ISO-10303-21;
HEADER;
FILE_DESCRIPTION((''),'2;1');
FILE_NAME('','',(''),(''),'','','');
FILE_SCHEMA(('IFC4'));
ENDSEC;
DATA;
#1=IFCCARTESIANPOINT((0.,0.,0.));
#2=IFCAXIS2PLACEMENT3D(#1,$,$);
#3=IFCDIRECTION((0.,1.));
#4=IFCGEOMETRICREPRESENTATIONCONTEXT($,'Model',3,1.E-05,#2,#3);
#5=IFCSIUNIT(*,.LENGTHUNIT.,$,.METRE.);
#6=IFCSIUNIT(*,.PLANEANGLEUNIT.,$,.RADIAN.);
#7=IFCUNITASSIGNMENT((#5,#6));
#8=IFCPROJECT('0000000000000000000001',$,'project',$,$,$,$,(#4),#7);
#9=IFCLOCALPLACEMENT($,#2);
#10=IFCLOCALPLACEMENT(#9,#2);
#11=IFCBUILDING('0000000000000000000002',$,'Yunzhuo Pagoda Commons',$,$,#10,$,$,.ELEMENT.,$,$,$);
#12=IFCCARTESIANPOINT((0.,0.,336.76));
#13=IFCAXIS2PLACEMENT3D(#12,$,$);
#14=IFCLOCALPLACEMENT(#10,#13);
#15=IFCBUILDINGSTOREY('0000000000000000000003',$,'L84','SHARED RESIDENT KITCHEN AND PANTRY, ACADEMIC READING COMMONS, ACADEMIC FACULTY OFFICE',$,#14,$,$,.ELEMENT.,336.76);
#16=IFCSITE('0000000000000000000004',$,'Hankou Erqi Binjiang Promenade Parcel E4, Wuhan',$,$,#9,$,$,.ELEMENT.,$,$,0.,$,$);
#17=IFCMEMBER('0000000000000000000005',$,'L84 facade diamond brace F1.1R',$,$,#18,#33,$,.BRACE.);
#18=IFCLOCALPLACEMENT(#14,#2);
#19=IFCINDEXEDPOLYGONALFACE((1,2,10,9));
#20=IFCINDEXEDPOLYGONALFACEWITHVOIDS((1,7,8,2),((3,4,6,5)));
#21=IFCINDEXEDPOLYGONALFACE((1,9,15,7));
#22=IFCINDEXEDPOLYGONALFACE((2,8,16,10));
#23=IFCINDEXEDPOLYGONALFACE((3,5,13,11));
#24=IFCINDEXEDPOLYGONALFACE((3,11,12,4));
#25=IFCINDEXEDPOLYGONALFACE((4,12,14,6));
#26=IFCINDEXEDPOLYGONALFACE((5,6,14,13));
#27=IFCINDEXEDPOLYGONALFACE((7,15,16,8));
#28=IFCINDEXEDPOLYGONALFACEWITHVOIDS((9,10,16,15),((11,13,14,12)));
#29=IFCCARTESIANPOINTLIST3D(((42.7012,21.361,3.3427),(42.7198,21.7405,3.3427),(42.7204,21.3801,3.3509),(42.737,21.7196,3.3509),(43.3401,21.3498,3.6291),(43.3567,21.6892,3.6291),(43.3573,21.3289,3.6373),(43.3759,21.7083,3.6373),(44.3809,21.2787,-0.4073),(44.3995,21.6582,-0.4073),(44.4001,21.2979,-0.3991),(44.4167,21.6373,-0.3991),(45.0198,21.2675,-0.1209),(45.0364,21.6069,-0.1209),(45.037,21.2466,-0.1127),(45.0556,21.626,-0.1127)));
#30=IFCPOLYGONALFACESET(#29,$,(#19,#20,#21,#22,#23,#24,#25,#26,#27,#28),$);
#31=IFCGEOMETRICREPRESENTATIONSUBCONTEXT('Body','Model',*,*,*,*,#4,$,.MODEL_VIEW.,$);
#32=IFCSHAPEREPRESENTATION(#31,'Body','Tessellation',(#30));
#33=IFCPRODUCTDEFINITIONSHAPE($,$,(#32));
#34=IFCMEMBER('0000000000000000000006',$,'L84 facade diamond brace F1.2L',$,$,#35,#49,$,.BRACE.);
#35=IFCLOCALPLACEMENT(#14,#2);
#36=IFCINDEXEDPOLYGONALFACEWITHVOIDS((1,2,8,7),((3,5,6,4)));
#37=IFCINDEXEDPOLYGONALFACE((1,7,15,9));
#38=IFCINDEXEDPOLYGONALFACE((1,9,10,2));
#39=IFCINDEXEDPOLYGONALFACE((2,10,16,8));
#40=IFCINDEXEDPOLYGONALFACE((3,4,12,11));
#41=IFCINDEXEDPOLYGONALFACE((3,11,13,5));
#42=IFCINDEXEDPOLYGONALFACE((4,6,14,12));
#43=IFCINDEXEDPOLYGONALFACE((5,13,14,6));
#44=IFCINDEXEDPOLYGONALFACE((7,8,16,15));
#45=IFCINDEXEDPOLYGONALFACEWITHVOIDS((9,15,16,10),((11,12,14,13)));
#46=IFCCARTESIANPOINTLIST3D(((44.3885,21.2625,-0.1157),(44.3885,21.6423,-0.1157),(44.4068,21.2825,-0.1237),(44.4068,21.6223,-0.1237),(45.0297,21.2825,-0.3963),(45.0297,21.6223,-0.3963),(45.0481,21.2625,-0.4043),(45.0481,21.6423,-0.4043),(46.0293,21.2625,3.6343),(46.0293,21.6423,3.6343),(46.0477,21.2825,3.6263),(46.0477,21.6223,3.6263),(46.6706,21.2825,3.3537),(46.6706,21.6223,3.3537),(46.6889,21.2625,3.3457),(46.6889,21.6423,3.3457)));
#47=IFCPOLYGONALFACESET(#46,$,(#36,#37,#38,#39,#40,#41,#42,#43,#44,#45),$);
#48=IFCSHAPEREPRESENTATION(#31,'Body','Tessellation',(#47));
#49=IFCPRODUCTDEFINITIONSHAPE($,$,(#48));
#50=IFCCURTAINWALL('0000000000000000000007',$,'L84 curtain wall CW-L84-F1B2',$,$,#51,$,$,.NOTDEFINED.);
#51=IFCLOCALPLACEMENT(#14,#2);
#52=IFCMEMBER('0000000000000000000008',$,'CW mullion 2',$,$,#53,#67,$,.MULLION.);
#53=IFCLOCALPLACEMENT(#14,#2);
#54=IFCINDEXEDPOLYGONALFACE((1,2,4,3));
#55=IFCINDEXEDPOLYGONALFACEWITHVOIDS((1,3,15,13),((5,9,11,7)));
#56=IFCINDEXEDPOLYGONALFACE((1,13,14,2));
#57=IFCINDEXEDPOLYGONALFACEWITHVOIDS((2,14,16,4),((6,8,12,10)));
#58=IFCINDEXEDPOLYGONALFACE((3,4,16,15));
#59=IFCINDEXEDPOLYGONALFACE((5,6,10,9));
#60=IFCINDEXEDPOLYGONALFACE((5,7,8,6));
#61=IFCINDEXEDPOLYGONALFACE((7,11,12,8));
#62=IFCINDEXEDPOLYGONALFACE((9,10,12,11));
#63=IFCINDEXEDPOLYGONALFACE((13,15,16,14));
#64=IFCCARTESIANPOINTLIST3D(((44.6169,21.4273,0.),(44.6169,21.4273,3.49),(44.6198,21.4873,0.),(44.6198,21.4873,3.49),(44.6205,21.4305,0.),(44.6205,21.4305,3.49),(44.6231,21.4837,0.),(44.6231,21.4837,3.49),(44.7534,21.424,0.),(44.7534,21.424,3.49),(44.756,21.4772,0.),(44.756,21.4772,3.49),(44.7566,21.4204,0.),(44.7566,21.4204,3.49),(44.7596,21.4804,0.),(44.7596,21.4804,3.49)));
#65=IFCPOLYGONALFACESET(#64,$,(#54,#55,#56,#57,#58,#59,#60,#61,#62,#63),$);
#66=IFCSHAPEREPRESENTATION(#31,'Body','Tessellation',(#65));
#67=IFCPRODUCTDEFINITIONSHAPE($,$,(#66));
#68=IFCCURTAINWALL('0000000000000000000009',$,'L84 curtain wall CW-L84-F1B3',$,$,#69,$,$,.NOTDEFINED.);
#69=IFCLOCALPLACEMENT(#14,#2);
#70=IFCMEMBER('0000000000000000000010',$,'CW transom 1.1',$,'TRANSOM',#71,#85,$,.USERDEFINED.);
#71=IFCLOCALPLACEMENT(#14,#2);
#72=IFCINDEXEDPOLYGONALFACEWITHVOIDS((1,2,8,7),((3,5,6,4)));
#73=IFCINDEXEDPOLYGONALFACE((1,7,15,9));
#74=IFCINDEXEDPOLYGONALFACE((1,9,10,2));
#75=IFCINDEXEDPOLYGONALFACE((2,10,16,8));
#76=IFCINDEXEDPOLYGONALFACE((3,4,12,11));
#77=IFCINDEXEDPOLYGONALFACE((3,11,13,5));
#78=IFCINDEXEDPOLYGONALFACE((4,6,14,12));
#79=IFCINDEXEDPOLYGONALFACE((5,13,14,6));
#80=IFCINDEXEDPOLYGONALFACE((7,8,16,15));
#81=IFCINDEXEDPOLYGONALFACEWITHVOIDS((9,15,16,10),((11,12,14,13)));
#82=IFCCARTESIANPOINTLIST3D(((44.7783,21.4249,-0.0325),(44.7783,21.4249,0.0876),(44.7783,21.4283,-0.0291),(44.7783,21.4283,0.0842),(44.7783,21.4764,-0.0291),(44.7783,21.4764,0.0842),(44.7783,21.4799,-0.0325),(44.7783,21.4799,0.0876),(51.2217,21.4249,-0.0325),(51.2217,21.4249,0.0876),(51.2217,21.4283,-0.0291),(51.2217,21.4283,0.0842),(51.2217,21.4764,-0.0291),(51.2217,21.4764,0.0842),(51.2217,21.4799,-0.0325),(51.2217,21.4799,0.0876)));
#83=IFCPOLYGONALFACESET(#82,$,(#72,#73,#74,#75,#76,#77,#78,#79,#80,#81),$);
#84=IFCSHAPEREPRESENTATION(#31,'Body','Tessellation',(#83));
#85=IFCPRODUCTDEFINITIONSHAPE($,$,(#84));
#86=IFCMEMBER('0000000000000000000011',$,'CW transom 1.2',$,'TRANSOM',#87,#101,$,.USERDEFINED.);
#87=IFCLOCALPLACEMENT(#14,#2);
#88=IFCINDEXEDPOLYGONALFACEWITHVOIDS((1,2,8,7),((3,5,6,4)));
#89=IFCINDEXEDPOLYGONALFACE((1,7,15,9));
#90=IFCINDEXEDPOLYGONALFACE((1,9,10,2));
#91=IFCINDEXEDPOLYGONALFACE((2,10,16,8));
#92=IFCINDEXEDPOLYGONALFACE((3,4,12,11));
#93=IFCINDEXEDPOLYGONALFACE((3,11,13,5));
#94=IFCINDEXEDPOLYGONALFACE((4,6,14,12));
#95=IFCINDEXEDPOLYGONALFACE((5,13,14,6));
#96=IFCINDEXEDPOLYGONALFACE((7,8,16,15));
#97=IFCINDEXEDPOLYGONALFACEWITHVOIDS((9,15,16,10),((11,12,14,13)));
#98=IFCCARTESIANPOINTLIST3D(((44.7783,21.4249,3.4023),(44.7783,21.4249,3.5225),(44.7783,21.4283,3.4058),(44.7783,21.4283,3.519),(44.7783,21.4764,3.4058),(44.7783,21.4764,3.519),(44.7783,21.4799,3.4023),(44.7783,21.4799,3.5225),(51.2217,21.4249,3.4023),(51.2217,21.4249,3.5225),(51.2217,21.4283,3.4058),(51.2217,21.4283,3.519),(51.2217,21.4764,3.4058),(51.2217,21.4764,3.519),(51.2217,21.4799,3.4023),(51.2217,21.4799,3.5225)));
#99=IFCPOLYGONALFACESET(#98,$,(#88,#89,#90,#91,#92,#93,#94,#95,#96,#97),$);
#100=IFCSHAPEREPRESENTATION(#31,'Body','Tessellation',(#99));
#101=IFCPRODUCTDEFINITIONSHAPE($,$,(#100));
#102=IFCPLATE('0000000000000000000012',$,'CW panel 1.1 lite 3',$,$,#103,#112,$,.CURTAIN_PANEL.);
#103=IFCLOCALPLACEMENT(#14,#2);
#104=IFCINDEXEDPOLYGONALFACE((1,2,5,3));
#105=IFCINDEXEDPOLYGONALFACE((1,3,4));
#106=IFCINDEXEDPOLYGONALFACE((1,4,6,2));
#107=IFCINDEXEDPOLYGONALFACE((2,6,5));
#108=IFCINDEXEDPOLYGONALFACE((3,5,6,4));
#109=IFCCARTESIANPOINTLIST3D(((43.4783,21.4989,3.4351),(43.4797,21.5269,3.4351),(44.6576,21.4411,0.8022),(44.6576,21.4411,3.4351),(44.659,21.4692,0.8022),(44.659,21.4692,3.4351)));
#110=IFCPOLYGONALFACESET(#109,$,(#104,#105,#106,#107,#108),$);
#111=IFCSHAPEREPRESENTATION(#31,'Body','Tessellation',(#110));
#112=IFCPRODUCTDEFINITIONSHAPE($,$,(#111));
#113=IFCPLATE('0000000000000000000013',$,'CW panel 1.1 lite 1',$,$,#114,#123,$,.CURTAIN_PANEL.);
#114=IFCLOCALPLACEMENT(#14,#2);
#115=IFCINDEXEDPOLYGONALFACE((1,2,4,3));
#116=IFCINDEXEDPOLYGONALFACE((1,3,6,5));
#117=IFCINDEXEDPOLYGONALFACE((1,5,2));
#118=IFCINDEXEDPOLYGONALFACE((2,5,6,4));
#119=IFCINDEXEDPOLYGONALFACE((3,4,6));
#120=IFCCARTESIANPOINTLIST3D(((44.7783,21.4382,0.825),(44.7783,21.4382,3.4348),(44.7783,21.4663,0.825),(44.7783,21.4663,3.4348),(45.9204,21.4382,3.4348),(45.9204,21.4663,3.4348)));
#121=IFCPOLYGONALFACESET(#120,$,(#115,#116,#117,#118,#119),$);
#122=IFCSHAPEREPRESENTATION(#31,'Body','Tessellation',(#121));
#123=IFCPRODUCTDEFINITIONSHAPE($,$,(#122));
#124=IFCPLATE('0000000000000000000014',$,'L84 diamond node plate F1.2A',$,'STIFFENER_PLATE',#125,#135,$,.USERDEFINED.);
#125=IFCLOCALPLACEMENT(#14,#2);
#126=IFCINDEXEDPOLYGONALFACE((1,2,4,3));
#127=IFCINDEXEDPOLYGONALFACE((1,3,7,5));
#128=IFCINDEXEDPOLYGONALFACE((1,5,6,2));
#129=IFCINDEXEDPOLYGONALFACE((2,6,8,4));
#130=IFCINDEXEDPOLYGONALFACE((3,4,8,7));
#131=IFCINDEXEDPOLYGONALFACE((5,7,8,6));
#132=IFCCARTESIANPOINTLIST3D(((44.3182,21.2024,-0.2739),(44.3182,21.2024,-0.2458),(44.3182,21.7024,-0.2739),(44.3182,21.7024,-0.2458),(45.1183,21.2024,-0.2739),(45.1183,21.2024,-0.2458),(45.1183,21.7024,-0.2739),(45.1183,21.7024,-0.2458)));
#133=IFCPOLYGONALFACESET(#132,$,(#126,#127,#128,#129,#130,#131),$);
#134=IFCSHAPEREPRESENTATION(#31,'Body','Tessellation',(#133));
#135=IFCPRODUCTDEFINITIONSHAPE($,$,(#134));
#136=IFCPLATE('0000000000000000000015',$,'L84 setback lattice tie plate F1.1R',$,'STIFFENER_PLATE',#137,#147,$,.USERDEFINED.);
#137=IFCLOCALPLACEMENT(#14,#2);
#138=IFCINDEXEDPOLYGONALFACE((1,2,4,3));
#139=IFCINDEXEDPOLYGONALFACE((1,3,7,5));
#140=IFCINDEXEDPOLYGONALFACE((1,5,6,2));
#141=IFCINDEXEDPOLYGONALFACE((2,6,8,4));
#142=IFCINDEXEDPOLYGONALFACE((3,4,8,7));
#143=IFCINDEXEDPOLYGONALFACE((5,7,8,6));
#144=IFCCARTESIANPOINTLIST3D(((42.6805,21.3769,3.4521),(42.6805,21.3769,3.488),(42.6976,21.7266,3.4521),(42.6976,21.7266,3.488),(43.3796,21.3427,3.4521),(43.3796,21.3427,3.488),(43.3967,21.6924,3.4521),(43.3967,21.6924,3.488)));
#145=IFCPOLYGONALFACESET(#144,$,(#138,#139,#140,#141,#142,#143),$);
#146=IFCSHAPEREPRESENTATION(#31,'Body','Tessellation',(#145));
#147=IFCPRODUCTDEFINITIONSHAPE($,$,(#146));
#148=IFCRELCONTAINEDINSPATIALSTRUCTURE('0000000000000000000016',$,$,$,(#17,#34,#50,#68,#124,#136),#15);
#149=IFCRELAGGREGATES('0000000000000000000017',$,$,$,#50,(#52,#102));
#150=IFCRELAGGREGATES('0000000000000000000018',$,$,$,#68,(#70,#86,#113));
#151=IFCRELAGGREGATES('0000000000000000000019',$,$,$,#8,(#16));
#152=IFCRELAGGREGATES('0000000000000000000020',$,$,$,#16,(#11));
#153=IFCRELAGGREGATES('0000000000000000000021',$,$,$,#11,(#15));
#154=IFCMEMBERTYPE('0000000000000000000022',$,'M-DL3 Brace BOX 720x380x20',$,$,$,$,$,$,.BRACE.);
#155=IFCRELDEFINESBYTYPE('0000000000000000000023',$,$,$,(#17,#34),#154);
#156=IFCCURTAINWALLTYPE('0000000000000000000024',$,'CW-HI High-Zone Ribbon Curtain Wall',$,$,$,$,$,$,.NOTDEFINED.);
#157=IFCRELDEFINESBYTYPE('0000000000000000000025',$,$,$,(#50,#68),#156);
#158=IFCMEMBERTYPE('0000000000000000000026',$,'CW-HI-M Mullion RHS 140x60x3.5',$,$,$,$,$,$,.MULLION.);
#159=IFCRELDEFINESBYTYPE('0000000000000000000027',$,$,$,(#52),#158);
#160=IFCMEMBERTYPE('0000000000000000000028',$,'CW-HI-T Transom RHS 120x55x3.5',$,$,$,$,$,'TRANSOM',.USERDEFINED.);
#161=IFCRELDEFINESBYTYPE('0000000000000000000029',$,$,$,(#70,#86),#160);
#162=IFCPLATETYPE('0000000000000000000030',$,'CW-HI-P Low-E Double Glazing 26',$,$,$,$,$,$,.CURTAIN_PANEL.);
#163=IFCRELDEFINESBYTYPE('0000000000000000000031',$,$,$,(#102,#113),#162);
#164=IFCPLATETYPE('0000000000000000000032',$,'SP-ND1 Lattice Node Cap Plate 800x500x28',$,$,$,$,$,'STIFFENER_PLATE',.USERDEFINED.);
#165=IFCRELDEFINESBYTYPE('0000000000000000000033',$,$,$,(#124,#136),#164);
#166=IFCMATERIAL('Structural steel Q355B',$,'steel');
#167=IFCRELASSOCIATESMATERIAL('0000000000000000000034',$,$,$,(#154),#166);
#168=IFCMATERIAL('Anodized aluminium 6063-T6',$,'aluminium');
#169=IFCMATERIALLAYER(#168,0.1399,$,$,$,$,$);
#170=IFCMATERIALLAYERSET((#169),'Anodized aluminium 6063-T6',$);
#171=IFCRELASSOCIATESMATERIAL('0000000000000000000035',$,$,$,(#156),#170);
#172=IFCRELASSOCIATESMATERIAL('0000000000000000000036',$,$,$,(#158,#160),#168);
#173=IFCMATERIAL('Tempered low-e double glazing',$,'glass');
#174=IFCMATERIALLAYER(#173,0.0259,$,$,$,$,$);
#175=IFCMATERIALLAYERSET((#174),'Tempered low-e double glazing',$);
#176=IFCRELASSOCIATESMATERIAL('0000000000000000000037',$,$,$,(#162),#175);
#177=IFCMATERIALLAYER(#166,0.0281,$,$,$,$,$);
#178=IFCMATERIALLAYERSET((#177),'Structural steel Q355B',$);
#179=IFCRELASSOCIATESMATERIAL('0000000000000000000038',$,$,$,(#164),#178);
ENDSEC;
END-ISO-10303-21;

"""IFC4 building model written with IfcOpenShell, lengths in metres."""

from ifc_helpers import new_model, si_unit, direction, frame, origin, origin_2d, place, context, subcontext, project, spatial, polyline, rectangle, hollow_rectangle, outline, extrude, source, transform, mapped, material, layer, layer_set, material_profile, profile_set, type_object, element, aggregate, save


model = new_model("IFC4")

# Units and contexts
model_context = context("Model", 3, precision=1e-05, world=origin(), true_north=direction((0.0, 1.0)))
body_context = subcontext(model_context, "Body", "Model", "MODEL_VIEW")
ifc_project = project(units=[si_unit("LENGTHUNIT", "METRE"), si_unit("PLANEANGLEUNIT", "RADIAN")], contexts=[model_context])

# Site, building, storey
site_placement = place(None, origin())
site = spatial("IfcSite", under=ifc_project, at=site_placement, Name="Hankou Erqi Binjiang Promenade Parcel E4, Wuhan", CompositionType="ELEMENT", RefElevation=0.0)
building_placement = place(site_placement, origin())
building = spatial("IfcBuilding", under=site, at=building_placement, Name="Yunzhuo Pagoda Commons", CompositionType="ELEMENT")
storey_placement = place(building_placement, frame((0.0, 0.0, 336.76)))
storey = spatial("IfcBuildingStorey", under=building, at=storey_placement, Name="L84", Description="SHARED RESIDENT KITCHEN AND PANTRY, ACADEMIC READING COMMONS, ACADEMIC FACULTY OFFICE", CompositionType="ELEMENT", Elevation=336.76)

# Shared definitions
ifc_material_1 = material(Name="Structural steel Q355B", Category="steel")

# Members
ifc_material_profile_1 = material_profile(ifc_material_1, hollow_rectangle(XDim=0.3799, YDim=0.72, WallThickness=0.02, at=origin_2d()), Name="Structural steel Q355B")
ifc_profile_set_1 = profile_set([ifc_material_profile_1], Name="Structural steel Q355B")
member_type_1 = type_object("IfcMemberType", Name="M-DL3 Brace BOX 720x380x20", PredefinedType="BRACE", material=ifc_profile_set_1)
shared_shape_1 = source(origin(), body_context, "Body", "SweptSolid", [
    extrude(hollow_rectangle(XDim=0.3799, YDim=0.72, WallThickness=0.02, at=origin_2d()), origin(), (0.0, 0.0, 1.0), 4.1099),
])
member_1_placement = place(storey_placement, frame((44.7183, 21.4524, -0.26), z_axis=(-0.408701, 0.020019, 0.912449), x_axis=(-0.048924, -0.998803, 0.0)))
element("IfcMember", 1, at=member_1_placement, inside=storey, type_object=member_type_1, Name="L84 facade diamond brace F1.1R", PredefinedType="BRACE", context=body_context, shape_type="MappedRepresentation", body=[
    mapped(shared_shape_1, transform((0.0, 0.0, 0.0), scale=1.0)),
])
shared_shape_2 = source(origin(), body_context, "Body", "SweptSolid", [
    extrude(hollow_rectangle(XDim=0.3799, YDim=0.72, WallThickness=0.02, at=origin_2d()), origin(), (0.0, 0.0, 1.0), 4.0933),
])
member_2_placement = place(storey_placement, frame((44.7183, 21.4524, -0.26), z_axis=(0.400869, 0.0, 0.916135), x_axis=(0.0, 1.0, 0.0)))
element("IfcMember", 2, at=member_2_placement, inside=storey, type_object=member_type_1, Name="L84 facade diamond brace F1.2L", PredefinedType="BRACE", context=body_context, shape_type="MappedRepresentation", body=[
    mapped(shared_shape_2, transform((0.0, 0.0, 0.0), scale=1.0)),
])

# Curtain wall, member
ifc_material_2 = material(Name="Anodized aluminium 6063-T6", Category="aluminium")
ifc_layer_1 = layer(ifc_material_2, 0.1399)
ifc_layer_set_1 = layer_set([ifc_layer_1], Name="Anodized aluminium 6063-T6")
curtain_wall_type = type_object("IfcCurtainWallType", Name="CW-HI High-Zone Ribbon Curtain Wall", PredefinedType="NOTDEFINED", material=ifc_layer_set_1)
curtain_wall_1_placement = place(storey_placement, origin())
curtain_wall_1 = element("IfcCurtainWall", 3, at=curtain_wall_1_placement, inside=storey, type_object=curtain_wall_type, Name="L84 curtain wall CW-L84-F1B2", PredefinedType="NOTDEFINED")
ifc_material_profile_2 = material_profile(ifc_material_2, hollow_rectangle(XDim=0.0601, YDim=0.1399, WallThickness=0.0034, at=origin_2d()), Name="Anodized aluminium 6063-T6")
ifc_profile_set_2 = profile_set([ifc_material_profile_2], Name="Anodized aluminium 6063-T6")
member_type_2 = type_object("IfcMemberType", Name="CW-HI-M Mullion RHS 140x60x3.5", PredefinedType="MULLION", material=ifc_profile_set_2)
shared_shape_3 = source(origin(), body_context, "Body", "SweptSolid", [
    extrude(hollow_rectangle(XDim=0.0601, YDim=0.1399, WallThickness=0.0034, at=origin_2d()), origin(), (0.0, 0.0, 1.0), 3.49),
])
member_3_placement = place(storey_placement, frame((44.6882, 21.4539, 0.0), z_axis=(0.0, 0.0, 1.0), x_axis=(0.048906, 0.998803, 0.0)))
member_3 = element("IfcMember", 4, at=member_3_placement, type_object=member_type_2, Name="CW mullion 2", PredefinedType="MULLION", context=body_context, shape_type="MappedRepresentation", body=[
    mapped(shared_shape_3, transform((0.0, 0.0, 0.0), scale=1.0)),
])

# Curtain wall, members
curtain_wall_2_placement = place(storey_placement, origin())
curtain_wall_2 = element("IfcCurtainWall", 5, at=curtain_wall_2_placement, inside=storey, type_object=curtain_wall_type, Name="L84 curtain wall CW-L84-F1B3", PredefinedType="NOTDEFINED")
ifc_material_profile_3 = material_profile(ifc_material_2, hollow_rectangle(XDim=0.0549, YDim=0.1201, WallThickness=0.0034, at=origin_2d()), Name="Anodized aluminium 6063-T6")
ifc_profile_set_3 = profile_set([ifc_material_profile_3], Name="Anodized aluminium 6063-T6")
member_type_3 = type_object("IfcMemberType", Name="CW-HI-T Transom RHS 120x55x3.5", ElementType="TRANSOM", PredefinedType="USERDEFINED", material=ifc_profile_set_3)
shared_shape_4 = source(origin(), body_context, "Body", "SweptSolid", [
    extrude(hollow_rectangle(XDim=0.0549, YDim=0.1201, WallThickness=0.0034, at=origin_2d()), origin(), (0.0, 0.0, 1.0), 6.4434),
])
member_4_placement = place(storey_placement, frame((44.7783, 21.4524, 0.0276), z_axis=(1.0, 0.0, 0.0), x_axis=(0.0, 1.0, 0.0)))
member_4 = element("IfcMember", 6, at=member_4_placement, type_object=member_type_3, Name="CW transom 1.1", ObjectType="TRANSOM", PredefinedType="USERDEFINED", context=body_context, shape_type="MappedRepresentation", body=[
    mapped(shared_shape_4, transform((0.0, 0.0, 0.0), scale=1.0)),
])
member_5_placement = place(storey_placement, frame((44.7783, 21.4524, 3.4624), z_axis=(1.0, 0.0, 0.0), x_axis=(0.0, 1.0, 0.0)))
member_5 = element("IfcMember", 7, at=member_5_placement, type_object=member_type_3, Name="CW transom 1.2", ObjectType="TRANSOM", PredefinedType="USERDEFINED", context=body_context, shape_type="MappedRepresentation", body=[
    mapped(shared_shape_4, transform((0.0, 0.0, 0.0), scale=1.0)),
])

# Plates
ifc_material_3 = material(Name="Tempered low-e double glazing", Category="glass")
ifc_layer_2 = layer(ifc_material_3, 0.0259)
ifc_layer_set_2 = layer_set([ifc_layer_2], Name="Tempered low-e double glazing")
plate_type_1 = type_object("IfcPlateType", Name="CW-HI-P Low-E Double Glazing 26", PredefinedType="CURTAIN_PANEL", material=ifc_layer_set_2)
plate_1_placement = place(storey_placement, frame((44.0693, 21.498, 2.1187), z_axis=(-0.048906, -0.998803, 0.0), x_axis=(0.998803, -0.048906, 0.0)))
plate_1 = element("IfcPlate", 8, at=plate_1_placement, type_object=plate_type_1, Name="CW panel 1.1 lite 3", PredefinedType="CURTAIN_PANEL", context=body_context, shape_type="SweptSolid", body=[
    extrude(outline(polyline([(-0.5903, 1.3164), (0.5903, -1.3164), (0.5903, 1.3164), (-0.5903, 1.3164)])), origin(), (0.0, 0.0, 1.0), 0.0281),
])
aggregate(curtain_wall_1, [member_3, plate_1])
plate_2_placement = place(storey_placement, frame((45.3494, 21.4663, 2.1299), z_axis=(0.0, -1.0, 0.0), x_axis=(1.0, 0.0, 0.0)))
plate_2 = element("IfcPlate", 9, at=plate_2_placement, type_object=plate_type_1, Name="CW panel 1.1 lite 1", PredefinedType="CURTAIN_PANEL", context=body_context, shape_type="SweptSolid", body=[
    extrude(outline(polyline([(-0.571, -1.3049), (0.571, 1.3049), (-0.571, 1.3049), (-0.571, -1.3049)])), origin(), (0.0, 0.0, 1.0), 0.0281),
])
aggregate(curtain_wall_2, [member_4, member_5, plate_2])

# Plates
ifc_layer_3 = layer(ifc_material_1, 0.0281)
ifc_layer_set_3 = layer_set([ifc_layer_3], Name="Structural steel Q355B")
plate_type_2 = type_object("IfcPlateType", Name="SP-ND1 Lattice Node Cap Plate 800x500x28", ElementType="STIFFENER_PLATE", PredefinedType="USERDEFINED", material=ifc_layer_set_3)
shared_shape_5 = source(origin(), body_context, "Body", "SweptSolid", [
    extrude(rectangle(XDim=0.8, YDim=0.5, at=origin_2d()), origin(), (0.0, 0.0, 1.0), 0.0281),
])
plate_3_placement = place(storey_placement, frame((44.7183, 21.4524, -0.2739), z_axis=(0.0, 0.0, 1.0), x_axis=(1.0, 0.0, 0.0)))
element("IfcPlate", 10, at=plate_3_placement, inside=storey, type_object=plate_type_2, Name="L84 diamond node plate F1.2A", ObjectType="STIFFENER_PLATE", PredefinedType="USERDEFINED", context=body_context, shape_type="MappedRepresentation", body=[
    mapped(shared_shape_5, transform((0.0, 0.0, 0.0), scale=1.0)),
])
shared_shape_6 = source(origin(), body_context, "Body", "SweptSolid", [
    extrude(rectangle(XDim=0.7, YDim=0.3501, at=origin_2d()), origin(), (0.0, 0.0, 1.0), 0.0359),
])
plate_4_placement = place(storey_placement, frame((43.0386, 21.5347, 3.4521), z_axis=(0.0, 0.0, 1.0), x_axis=(0.998804, -0.048902, 0.0)))
element("IfcPlate", 11, at=plate_4_placement, inside=storey, type_object=plate_type_2, Name="L84 setback lattice tie plate F1.1R", ObjectType="STIFFENER_PLATE", PredefinedType="USERDEFINED", context=body_context, shape_type="MappedRepresentation", body=[
    mapped(shared_shape_6, transform((0.0, 0.0, 0.0), scale=1.0)),
])

save(model, "model.ifc")
